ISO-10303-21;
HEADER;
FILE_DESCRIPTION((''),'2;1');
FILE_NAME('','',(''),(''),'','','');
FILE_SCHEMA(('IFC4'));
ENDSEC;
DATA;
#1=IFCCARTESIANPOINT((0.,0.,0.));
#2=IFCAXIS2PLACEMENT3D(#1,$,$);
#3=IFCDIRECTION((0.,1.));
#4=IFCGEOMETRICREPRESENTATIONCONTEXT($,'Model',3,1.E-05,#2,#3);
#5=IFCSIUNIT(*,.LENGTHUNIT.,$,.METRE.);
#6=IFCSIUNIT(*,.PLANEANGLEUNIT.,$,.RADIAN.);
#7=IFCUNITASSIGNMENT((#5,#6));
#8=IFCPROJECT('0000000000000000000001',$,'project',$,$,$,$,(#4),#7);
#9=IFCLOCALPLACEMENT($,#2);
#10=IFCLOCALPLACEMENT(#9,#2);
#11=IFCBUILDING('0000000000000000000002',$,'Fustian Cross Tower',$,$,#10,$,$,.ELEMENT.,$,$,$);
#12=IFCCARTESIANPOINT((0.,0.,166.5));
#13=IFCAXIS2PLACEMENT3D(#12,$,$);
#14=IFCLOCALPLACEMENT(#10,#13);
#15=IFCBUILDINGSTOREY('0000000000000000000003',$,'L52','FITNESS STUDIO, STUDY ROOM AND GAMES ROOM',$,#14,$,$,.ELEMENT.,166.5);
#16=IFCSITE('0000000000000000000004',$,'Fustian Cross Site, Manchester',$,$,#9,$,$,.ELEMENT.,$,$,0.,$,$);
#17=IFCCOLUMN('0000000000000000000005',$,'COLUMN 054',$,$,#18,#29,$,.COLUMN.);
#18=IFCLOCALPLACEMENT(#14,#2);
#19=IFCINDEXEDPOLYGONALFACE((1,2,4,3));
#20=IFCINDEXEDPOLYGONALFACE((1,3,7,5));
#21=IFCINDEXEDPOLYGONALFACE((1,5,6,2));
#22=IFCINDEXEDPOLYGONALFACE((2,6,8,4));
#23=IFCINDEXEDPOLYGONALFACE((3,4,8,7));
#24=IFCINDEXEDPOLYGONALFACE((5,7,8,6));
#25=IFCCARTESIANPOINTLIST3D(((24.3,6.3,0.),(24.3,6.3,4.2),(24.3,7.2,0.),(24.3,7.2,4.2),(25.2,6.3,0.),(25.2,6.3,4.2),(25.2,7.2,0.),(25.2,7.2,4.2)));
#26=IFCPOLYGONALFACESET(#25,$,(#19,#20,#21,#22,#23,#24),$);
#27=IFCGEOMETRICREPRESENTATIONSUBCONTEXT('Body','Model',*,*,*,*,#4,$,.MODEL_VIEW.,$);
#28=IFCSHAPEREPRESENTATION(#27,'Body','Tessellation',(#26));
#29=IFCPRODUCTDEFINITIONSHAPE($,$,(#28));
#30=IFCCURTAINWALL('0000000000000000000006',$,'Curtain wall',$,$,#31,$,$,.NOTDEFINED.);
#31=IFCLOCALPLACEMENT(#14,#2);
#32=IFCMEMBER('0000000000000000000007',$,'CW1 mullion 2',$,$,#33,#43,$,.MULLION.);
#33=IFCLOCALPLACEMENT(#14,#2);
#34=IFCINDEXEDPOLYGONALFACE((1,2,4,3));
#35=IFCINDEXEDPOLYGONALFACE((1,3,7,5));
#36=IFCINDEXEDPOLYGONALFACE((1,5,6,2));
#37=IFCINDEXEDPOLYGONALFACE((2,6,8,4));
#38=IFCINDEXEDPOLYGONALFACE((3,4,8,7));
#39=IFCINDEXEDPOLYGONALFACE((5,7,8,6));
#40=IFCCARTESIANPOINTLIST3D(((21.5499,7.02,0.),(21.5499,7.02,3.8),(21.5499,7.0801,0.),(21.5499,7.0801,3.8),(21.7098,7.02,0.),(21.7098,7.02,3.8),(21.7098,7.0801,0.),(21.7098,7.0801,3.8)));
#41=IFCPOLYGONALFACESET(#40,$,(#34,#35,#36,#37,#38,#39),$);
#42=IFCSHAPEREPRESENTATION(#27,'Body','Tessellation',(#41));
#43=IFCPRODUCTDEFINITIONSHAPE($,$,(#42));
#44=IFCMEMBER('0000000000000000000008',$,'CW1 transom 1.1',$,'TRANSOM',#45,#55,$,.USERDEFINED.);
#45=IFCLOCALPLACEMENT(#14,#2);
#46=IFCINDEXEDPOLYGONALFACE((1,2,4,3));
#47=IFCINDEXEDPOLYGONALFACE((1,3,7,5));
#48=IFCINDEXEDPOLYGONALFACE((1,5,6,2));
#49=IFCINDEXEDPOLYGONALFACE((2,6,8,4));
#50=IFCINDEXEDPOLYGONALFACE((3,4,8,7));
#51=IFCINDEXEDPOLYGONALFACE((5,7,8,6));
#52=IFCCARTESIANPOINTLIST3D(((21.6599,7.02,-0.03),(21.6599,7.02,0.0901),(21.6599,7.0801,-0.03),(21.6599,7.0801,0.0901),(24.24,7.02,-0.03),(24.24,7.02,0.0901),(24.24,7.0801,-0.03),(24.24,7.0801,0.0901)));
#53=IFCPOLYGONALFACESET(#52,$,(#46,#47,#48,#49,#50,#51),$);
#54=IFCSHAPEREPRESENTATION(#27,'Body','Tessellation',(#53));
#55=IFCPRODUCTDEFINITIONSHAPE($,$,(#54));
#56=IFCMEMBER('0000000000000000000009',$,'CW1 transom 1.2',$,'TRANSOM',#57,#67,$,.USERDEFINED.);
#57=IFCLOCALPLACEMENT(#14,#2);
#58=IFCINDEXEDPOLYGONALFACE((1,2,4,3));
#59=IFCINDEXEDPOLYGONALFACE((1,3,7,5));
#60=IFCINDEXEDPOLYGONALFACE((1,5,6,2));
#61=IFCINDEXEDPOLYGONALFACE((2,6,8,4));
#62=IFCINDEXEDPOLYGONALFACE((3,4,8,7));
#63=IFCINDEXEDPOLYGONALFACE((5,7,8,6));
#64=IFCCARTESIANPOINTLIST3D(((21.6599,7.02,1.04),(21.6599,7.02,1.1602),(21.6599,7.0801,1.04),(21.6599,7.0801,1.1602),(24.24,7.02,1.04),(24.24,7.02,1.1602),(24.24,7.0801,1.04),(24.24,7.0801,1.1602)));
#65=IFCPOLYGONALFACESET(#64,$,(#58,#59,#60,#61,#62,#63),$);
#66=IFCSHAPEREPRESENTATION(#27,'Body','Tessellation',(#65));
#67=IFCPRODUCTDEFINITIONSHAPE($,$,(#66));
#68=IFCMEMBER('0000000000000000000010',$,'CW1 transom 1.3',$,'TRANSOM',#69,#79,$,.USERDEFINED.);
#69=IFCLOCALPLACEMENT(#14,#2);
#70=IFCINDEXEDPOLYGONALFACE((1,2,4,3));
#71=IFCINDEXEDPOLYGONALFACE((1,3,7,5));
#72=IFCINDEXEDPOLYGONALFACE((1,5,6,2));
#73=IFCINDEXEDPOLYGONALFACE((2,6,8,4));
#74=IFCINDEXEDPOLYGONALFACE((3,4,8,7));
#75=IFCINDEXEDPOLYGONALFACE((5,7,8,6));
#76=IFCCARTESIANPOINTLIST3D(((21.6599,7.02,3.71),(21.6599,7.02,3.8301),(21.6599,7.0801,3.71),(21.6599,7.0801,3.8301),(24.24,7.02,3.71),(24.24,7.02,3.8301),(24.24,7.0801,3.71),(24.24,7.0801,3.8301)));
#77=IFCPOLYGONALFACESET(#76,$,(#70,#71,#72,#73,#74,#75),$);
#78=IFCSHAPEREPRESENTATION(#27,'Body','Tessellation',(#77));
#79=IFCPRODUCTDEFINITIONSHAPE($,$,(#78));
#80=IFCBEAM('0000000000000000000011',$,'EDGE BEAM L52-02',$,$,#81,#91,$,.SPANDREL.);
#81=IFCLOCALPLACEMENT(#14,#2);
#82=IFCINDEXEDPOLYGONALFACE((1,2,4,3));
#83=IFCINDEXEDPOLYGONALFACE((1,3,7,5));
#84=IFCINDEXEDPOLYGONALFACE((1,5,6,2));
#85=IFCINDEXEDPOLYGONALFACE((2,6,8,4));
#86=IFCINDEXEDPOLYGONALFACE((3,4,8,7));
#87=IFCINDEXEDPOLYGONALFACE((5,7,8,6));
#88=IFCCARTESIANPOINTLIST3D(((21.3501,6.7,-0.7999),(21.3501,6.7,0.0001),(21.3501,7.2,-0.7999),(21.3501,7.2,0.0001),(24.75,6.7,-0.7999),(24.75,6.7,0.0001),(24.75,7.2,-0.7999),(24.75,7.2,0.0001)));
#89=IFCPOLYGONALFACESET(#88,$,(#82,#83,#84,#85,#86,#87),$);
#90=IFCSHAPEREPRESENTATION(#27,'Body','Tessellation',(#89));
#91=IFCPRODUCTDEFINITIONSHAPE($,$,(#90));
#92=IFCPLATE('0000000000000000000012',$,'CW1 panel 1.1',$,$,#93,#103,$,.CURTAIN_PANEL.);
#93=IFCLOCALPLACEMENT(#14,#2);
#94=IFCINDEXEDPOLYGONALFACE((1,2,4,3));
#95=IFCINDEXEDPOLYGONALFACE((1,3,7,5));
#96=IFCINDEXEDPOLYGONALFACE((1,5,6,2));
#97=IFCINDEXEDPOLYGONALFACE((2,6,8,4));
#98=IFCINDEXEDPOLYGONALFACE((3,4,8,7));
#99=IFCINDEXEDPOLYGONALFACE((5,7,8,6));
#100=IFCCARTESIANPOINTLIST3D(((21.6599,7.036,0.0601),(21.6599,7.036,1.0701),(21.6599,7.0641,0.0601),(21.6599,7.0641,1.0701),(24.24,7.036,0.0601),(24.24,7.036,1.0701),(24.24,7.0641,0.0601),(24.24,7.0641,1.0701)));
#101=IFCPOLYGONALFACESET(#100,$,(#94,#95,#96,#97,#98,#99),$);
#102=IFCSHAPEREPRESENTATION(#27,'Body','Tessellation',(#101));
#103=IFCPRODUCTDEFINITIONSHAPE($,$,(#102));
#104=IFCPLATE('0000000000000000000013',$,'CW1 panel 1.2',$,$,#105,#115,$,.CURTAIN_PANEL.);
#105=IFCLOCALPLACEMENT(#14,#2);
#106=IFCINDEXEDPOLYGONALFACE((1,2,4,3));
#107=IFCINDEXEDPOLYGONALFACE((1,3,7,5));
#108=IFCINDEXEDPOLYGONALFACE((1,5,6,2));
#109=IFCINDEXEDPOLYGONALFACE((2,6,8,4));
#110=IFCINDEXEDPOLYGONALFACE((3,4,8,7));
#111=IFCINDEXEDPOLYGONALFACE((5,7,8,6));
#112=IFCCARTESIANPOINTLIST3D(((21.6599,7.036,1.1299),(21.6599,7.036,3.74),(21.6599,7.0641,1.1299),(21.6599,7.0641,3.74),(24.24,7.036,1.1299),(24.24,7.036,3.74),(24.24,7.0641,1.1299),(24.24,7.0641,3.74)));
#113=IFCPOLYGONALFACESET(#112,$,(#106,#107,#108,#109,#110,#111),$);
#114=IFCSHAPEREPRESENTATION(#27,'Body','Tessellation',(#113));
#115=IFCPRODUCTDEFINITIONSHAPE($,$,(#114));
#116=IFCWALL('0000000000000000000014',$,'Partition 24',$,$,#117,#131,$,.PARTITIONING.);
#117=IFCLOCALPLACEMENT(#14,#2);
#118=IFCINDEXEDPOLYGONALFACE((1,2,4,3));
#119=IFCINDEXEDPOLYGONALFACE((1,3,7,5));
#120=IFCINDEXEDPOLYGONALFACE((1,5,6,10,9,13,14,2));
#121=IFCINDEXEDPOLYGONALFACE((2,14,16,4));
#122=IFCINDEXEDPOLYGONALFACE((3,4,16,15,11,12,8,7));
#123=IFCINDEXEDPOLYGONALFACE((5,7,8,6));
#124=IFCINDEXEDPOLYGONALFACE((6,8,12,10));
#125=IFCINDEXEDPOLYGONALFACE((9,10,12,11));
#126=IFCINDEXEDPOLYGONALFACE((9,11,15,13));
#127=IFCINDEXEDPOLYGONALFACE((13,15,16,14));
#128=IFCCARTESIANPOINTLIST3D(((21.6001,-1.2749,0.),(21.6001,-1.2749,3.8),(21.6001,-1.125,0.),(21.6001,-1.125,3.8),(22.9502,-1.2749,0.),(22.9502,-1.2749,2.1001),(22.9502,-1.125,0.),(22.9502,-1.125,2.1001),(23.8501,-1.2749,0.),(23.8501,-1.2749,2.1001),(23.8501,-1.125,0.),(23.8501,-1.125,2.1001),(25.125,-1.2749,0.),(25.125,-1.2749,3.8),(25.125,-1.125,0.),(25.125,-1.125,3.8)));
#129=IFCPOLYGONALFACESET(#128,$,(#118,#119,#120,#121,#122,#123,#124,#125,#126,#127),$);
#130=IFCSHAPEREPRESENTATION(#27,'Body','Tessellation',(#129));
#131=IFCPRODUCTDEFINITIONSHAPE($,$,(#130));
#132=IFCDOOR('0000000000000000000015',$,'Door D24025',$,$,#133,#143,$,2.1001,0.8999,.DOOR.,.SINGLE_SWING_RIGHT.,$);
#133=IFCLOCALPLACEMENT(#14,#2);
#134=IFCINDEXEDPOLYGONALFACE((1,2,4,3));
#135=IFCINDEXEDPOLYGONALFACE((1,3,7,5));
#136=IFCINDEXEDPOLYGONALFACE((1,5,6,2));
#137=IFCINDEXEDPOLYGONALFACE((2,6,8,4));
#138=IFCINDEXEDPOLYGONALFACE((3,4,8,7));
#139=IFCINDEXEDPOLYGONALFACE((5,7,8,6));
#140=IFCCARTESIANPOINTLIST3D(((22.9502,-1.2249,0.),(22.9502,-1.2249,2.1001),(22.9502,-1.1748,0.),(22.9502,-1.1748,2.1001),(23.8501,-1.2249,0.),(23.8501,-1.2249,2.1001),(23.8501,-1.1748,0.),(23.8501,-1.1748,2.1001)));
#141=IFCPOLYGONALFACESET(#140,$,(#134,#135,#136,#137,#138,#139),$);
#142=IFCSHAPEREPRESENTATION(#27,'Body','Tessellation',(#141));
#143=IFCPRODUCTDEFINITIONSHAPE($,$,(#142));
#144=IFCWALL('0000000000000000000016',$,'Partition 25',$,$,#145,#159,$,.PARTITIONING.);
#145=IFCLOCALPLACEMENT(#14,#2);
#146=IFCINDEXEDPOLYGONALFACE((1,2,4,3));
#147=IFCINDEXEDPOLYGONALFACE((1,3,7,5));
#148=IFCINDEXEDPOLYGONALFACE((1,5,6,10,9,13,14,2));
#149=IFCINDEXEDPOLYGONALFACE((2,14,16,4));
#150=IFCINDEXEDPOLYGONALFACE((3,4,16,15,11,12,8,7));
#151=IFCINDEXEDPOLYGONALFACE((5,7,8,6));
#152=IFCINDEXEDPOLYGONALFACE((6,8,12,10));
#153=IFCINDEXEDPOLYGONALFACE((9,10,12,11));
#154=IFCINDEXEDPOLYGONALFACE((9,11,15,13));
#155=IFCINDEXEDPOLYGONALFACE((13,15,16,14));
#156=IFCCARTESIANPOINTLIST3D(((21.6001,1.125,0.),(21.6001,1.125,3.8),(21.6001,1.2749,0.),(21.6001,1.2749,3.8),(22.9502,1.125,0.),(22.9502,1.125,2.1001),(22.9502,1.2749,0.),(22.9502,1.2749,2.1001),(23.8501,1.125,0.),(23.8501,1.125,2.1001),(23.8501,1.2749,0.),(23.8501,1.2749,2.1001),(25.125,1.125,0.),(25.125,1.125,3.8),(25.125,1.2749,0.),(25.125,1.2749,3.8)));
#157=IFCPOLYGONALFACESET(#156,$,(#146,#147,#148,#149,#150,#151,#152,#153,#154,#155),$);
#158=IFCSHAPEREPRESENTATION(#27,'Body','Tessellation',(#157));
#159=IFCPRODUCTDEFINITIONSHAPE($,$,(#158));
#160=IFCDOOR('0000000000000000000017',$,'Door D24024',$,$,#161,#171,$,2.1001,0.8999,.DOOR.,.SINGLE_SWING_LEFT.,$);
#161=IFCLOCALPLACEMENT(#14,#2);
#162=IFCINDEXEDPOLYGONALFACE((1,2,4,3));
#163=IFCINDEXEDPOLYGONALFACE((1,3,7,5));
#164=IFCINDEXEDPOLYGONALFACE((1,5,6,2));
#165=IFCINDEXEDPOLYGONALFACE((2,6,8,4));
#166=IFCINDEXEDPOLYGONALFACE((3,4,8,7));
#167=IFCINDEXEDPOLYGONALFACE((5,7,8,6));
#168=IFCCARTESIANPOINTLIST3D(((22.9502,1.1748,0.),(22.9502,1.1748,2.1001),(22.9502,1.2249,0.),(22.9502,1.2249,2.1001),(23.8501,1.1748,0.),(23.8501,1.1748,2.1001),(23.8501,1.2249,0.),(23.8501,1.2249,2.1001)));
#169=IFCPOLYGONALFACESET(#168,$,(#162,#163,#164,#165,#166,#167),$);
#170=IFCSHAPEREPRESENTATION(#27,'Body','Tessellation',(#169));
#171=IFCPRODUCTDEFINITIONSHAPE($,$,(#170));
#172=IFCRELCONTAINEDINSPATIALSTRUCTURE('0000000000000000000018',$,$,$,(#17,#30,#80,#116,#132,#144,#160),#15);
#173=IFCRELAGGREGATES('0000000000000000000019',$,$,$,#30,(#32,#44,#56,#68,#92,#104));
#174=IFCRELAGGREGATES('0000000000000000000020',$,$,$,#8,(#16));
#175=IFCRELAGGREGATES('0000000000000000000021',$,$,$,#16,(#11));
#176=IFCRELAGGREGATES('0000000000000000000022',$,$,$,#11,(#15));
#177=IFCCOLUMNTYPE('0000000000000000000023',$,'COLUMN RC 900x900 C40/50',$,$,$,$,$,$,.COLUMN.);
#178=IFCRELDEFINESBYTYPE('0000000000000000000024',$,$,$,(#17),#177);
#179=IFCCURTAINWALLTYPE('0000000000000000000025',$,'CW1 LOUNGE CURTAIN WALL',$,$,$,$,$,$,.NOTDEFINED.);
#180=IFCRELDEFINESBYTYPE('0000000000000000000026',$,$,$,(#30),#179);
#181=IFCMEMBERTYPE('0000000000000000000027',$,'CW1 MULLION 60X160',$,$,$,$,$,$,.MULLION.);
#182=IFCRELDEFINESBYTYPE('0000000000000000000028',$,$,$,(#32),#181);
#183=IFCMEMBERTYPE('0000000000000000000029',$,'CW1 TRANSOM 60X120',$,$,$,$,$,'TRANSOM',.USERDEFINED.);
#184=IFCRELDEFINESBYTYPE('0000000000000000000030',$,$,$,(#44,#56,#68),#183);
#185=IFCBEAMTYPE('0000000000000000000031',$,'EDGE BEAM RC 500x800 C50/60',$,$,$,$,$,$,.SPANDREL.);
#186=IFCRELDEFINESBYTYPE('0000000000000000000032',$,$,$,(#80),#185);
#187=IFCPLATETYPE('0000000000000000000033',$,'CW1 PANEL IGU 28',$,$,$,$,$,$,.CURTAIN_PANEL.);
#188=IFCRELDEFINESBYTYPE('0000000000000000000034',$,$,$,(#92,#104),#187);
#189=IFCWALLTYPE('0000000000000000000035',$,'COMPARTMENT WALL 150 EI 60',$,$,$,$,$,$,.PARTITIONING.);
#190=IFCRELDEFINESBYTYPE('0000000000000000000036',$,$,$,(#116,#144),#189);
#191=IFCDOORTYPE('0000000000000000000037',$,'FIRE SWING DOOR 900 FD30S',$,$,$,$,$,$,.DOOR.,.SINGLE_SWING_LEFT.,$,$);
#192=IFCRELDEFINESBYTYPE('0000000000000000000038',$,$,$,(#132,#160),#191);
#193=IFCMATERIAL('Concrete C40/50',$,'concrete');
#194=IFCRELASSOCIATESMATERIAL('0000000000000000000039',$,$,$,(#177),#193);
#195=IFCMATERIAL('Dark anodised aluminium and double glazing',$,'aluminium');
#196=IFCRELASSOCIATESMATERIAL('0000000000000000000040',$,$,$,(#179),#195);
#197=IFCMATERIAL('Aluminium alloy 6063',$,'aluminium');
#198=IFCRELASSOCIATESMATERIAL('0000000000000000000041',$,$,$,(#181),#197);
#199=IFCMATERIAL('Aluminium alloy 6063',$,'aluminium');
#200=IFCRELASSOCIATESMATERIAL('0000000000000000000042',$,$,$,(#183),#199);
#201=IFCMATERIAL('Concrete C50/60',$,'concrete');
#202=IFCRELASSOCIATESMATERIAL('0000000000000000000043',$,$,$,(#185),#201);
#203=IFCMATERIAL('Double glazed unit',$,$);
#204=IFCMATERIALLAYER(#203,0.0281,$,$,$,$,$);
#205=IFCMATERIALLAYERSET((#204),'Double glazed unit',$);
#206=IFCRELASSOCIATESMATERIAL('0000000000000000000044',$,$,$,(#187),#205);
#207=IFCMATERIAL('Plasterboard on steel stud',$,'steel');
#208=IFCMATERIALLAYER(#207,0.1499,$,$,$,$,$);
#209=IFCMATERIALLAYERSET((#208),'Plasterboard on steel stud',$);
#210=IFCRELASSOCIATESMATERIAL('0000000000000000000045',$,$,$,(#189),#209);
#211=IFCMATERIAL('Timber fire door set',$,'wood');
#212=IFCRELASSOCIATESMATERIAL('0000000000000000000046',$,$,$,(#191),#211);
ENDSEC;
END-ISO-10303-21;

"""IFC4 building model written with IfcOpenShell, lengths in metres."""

from ifc_helpers import new_model, si_unit, direction, frame, frame_2d, origin, origin_2d, place, context, subcontext, project, spatial, rectangle, extrude, material, layer, layer_set, material_profile, profile_set, type_object, element, fill, aggregate, save


model = new_model("IFC4")

# Units and contexts
model_context = context("Model", 3, precision=1e-05, world=origin(), true_north=direction((0.0, 1.0)))
body_context = subcontext(model_context, "Body", "Model", "MODEL_VIEW")
ifc_project = project(units=[si_unit("LENGTHUNIT", "METRE"), si_unit("PLANEANGLEUNIT", "RADIAN")], contexts=[model_context])

# Site, building, storey
site_placement = place(None, origin())
site = spatial("IfcSite", under=ifc_project, at=site_placement, Name="Fustian Cross Site, Manchester", CompositionType="ELEMENT", RefElevation=0.0)
building_placement = place(site_placement, origin())
building = spatial("IfcBuilding", under=site, at=building_placement, Name="Fustian Cross Tower", CompositionType="ELEMENT")
storey_placement = place(building_placement, frame((0.0, 0.0, 166.5)))
storey = spatial("IfcBuildingStorey", under=building, at=storey_placement, Name="L52", Description="FITNESS STUDIO, STUDY ROOM AND GAMES ROOM", CompositionType="ELEMENT", Elevation=166.5)

# Column
ifc_material_1 = material(Name="Concrete C40/50", Category="concrete")
ifc_material_profile_1 = material_profile(ifc_material_1, rectangle(XDim=0.8999, YDim=0.8999, at=origin_2d()), Name="RC 900x900")
ifc_profile_set_1 = profile_set([ifc_material_profile_1], Name="Concrete C40/50")
column_type = type_object("IfcColumnType", Name="COLUMN RC 900x900 C40/50", PredefinedType="COLUMN", material=ifc_profile_set_1)
column_placement = place(storey_placement, frame((24.75, 6.75, 0.0), z_axis=(0.0, 0.0, 1.0), x_axis=(1.0, 0.0, 0.0)))
element("IfcColumn", 1, at=column_placement, inside=storey, type_object=column_type, Name="COLUMN 054", PredefinedType="COLUMN", context=body_context, shape_type="SweptSolid", body=[
    extrude(rectangle(XDim=0.8999, YDim=0.8999, at=origin_2d()), origin(), (0.0, 0.0, 1.0), 4.2),
])

# Curtain wall, members
ifc_material_2 = material(Name="Dark anodised aluminium and double glazing", Category="aluminium")
curtain_wall_type = type_object("IfcCurtainWallType", Name="CW1 LOUNGE CURTAIN WALL", PredefinedType="NOTDEFINED", material=ifc_material_2)
curtain_wall_placement = place(storey_placement, origin())
curtain_wall = element("IfcCurtainWall", 2, at=curtain_wall_placement, inside=storey, type_object=curtain_wall_type, Name="Curtain wall", PredefinedType="NOTDEFINED")
ifc_material_3 = material(Name="Aluminium alloy 6063", Category="aluminium")
ifc_material_profile_2 = material_profile(ifc_material_3, rectangle(XDim=0.0601, YDim=0.1599, at=origin_2d()), Name="CW1 MULLION 60X160")
ifc_profile_set_2 = profile_set([ifc_material_profile_2], Name="Aluminium alloy 6063")
member_type_1 = type_object("IfcMemberType", Name="CW1 MULLION 60X160", PredefinedType="MULLION", material=ifc_profile_set_2)
member_1_placement = place(storey_placement, frame((21.6299, 7.05, 0.0), z_axis=(0.0, 0.0, 1.0), x_axis=(0.0, -1.0, 0.0)))
member_1 = element("IfcMember", 3, at=member_1_placement, type_object=member_type_1, Name="CW1 mullion 2", PredefinedType="MULLION", context=body_context, shape_type="SweptSolid", body=[
    extrude(rectangle(XDim=0.0601, YDim=0.1599, at=origin_2d()), origin(), (0.0, 0.0, 1.0), 3.8),
])
ifc_material_4 = material(Name="Aluminium alloy 6063", Category="aluminium")
ifc_material_profile_3 = material_profile(ifc_material_4, rectangle(XDim=0.0601, YDim=0.1201, at=origin_2d()), Name="CW1 TRANSOM 60X120")
ifc_profile_set_3 = profile_set([ifc_material_profile_3], Name="Aluminium alloy 6063")
member_type_2 = type_object("IfcMemberType", Name="CW1 TRANSOM 60X120", ElementType="TRANSOM", PredefinedType="USERDEFINED", material=ifc_profile_set_3)
member_2_placement = place(storey_placement, frame((24.24, 7.05, 0.03), z_axis=(-1.0, 0.0, 0.0), x_axis=(0.0, -1.0, 0.0)))
member_2 = element("IfcMember", 4, at=member_2_placement, type_object=member_type_2, Name="CW1 transom 1.1", ObjectType="TRANSOM", PredefinedType="USERDEFINED", context=body_context, shape_type="SweptSolid", body=[
    extrude(rectangle(XDim=0.0601, YDim=0.1201, at=origin_2d()), origin(), (0.0, 0.0, 1.0), 2.5801),
])
member_3_placement = place(storey_placement, frame((24.24, 7.05, 1.1001), z_axis=(-1.0, 0.0, 0.0), x_axis=(0.0, -1.0, 0.0)))
member_3 = element("IfcMember", 5, at=member_3_placement, type_object=member_type_2, Name="CW1 transom 1.2", ObjectType="TRANSOM", PredefinedType="USERDEFINED", context=body_context, shape_type="SweptSolid", body=[
    extrude(rectangle(XDim=0.0601, YDim=0.1201, at=origin_2d()), origin(), (0.0, 0.0, 1.0), 2.5801),
])
member_4_placement = place(storey_placement, frame((24.24, 7.05, 3.77), z_axis=(-1.0, 0.0, 0.0), x_axis=(0.0, -1.0, 0.0)))
member_4 = element("IfcMember", 6, at=member_4_placement, type_object=member_type_2, Name="CW1 transom 1.3", ObjectType="TRANSOM", PredefinedType="USERDEFINED", context=body_context, shape_type="SweptSolid", body=[
    extrude(rectangle(XDim=0.0601, YDim=0.1201, at=origin_2d()), origin(), (0.0, 0.0, 1.0), 2.5801),
])

# Beam
ifc_material_5 = material(Name="Concrete C50/60", Category="concrete")
ifc_material_profile_4 = material_profile(ifc_material_5, rectangle(XDim=0.5, YDim=0.8, at=origin_2d()), Name="RC 500x800")
ifc_profile_set_4 = profile_set([ifc_material_profile_4], Name="Concrete C50/60")
beam_type = type_object("IfcBeamType", Name="EDGE BEAM RC 500x800 C50/60", PredefinedType="SPANDREL", material=ifc_profile_set_4)
beam_placement = place(storey_placement, frame((24.75, 6.95, -0.3999), z_axis=(-1.0, 0.0, 0.0), x_axis=(0.0, -1.0, 0.0)))
element("IfcBeam", 7, at=beam_placement, inside=storey, type_object=beam_type, Name="EDGE BEAM L52-02", PredefinedType="SPANDREL", context=body_context, shape_type="SweptSolid", body=[
    extrude(rectangle(XDim=0.5, YDim=0.8, at=origin_2d()), origin(), (0.0, 0.0, 1.0), 3.3999),
])

# Plates
ifc_material_6 = material(Name="Double glazed unit")
ifc_layer_1 = layer(ifc_material_6, 0.0281)
ifc_layer_set_1 = layer_set([ifc_layer_1], Name="Double glazed unit")
plate_type = type_object("IfcPlateType", Name="CW1 PANEL IGU 28", PredefinedType="CURTAIN_PANEL", material=ifc_layer_set_1)
plate_1_placement = place(storey_placement, frame((22.95, 7.05, 0.0601), z_axis=(0.0, 0.0, 1.0), x_axis=(-1.0, 0.0, 0.0)))
plate_1 = element("IfcPlate", 8, at=plate_1_placement, type_object=plate_type, Name="CW1 panel 1.1", PredefinedType="CURTAIN_PANEL", context=body_context, shape_type="SweptSolid", body=[
    extrude(rectangle(XDim=2.5801, YDim=0.0281, at=origin_2d()), origin(), (0.0, 0.0, 1.0), 1.01),
])
plate_2_placement = place(storey_placement, frame((22.95, 7.05, 1.1299), z_axis=(0.0, 0.0, 1.0), x_axis=(-1.0, 0.0, 0.0)))
plate_2 = element("IfcPlate", 9, at=plate_2_placement, type_object=plate_type, Name="CW1 panel 1.2", PredefinedType="CURTAIN_PANEL", context=body_context, shape_type="SweptSolid", body=[
    extrude(rectangle(XDim=2.5801, YDim=0.0281, at=origin_2d()), origin(), (0.0, 0.0, 1.0), 2.6101),
])
aggregate(curtain_wall, [member_1, member_2, member_3, member_4, plate_1, plate_2])

# Walls, openings, doors
ifc_material_7 = material(Name="Plasterboard on steel stud", Category="steel")
ifc_layer_2 = layer(ifc_material_7, 0.1499)
ifc_layer_set_2 = layer_set([ifc_layer_2], Name="Plasterboard on steel stud")
wall_type_1 = type_object("IfcWallType", Name="COMPARTMENT WALL 150 EI 60", PredefinedType="PARTITIONING", material=ifc_layer_set_2)
wall_1_placement = place(storey_placement, frame((21.6001, -1.2, 0.0), z_axis=(0.0, 0.0, 1.0), x_axis=(1.0, 0.0, 0.0)))
wall_1 = element("IfcWall", 10, at=wall_1_placement, inside=storey, type_object=wall_type_1, Name="Partition 24", PredefinedType="PARTITIONING", context=body_context, shape_type="SweptSolid", body=[
    extrude(rectangle(XDim=3.5249, YDim=0.1499, at=frame_2d((1.7625, 0.0))), origin(), (0.0, 0.0, 1.0), 3.8),
])
opening_1_placement = place(wall_1_placement, frame((1.3501, 0.0, 0.0)))
opening_1 = element("IfcOpeningElement", 11, at=opening_1_placement, cuts=wall_1, PredefinedType="OPENING", context=body_context, shape_type="SweptSolid", body=[
    extrude(rectangle(XDim=0.8999, YDim=2.1001, at=frame_2d((0.45, 1.05))), frame((0.0, 0.085, 0.0), z_axis=(0.0, -1.0, 0.0), x_axis=(1.0, 0.0, 0.0)), (0.0, 0.0, 1.0), 0.1699),
])
ifc_material_8 = material(Name="Timber fire door set", Category="wood")
door_type_1 = type_object("IfcDoorType", Name="FIRE SWING DOOR 900 FD30S", OperationType="SINGLE_SWING_LEFT", PredefinedType="DOOR", material=ifc_material_8)
door_1_placement = place(opening_1_placement, frame((0.8999, 0.0, 0.0), z_axis=(0.0, 0.0, 1.0), x_axis=(-1.0, 0.0, 0.0)))
door_1 = element("IfcDoor", 12, at=door_1_placement, inside=storey, type_object=door_type_1, Name="Door D24025", OperationType="SINGLE_SWING_RIGHT", OverallHeight=2.1001, OverallWidth=0.8999, PredefinedType="DOOR", context=body_context, shape_type="SweptSolid", body=[
    extrude(rectangle(XDim=0.8999, YDim=2.1001, at=frame_2d((0.45, 1.05))), frame((0.0, 0.0249, 0.0), z_axis=(0.0, -1.0, 0.0), x_axis=(1.0, 0.0, 0.0)), (0.0, 0.0, 1.0), 0.05),
])
fill(opening_1, door_1)
wall_2_placement = place(storey_placement, frame((21.6001, 1.2, 0.0), z_axis=(0.0, 0.0, 1.0), x_axis=(1.0, 0.0, 0.0)))
wall_2 = element("IfcWall", 13, at=wall_2_placement, inside=storey, type_object=wall_type_1, Name="Partition 25", PredefinedType="PARTITIONING", context=body_context, shape_type="SweptSolid", body=[
    extrude(rectangle(XDim=3.5249, YDim=0.1499, at=frame_2d((1.7625, 0.0))), origin(), (0.0, 0.0, 1.0), 3.8),
])
opening_2_placement = place(wall_2_placement, frame((1.3501, 0.0, 0.0)))
opening_2 = element("IfcOpeningElement", 14, at=opening_2_placement, cuts=wall_2, PredefinedType="OPENING", context=body_context, shape_type="SweptSolid", body=[
    extrude(rectangle(XDim=0.8999, YDim=2.1001, at=frame_2d((0.45, 1.05))), frame((0.0, 0.085, 0.0), z_axis=(0.0, -1.0, 0.0), x_axis=(1.0, 0.0, 0.0)), (0.0, 0.0, 1.0), 0.1699),
])
door_2_placement = place(opening_2_placement, origin())
door_2 = element("IfcDoor", 15, at=door_2_placement, inside=storey, type_object=door_type_1, Name="Door D24024", OperationType="SINGLE_SWING_LEFT", OverallHeight=2.1001, OverallWidth=0.8999, PredefinedType="DOOR", context=body_context, shape_type="SweptSolid", body=[
    extrude(rectangle(XDim=0.8999, YDim=2.1001, at=frame_2d((0.45, 1.05))), frame((0.0, 0.0249, 0.0), z_axis=(0.0, -1.0, 0.0), x_axis=(1.0, 0.0, 0.0)), (0.0, 0.0, 1.0), 0.05),
])
fill(opening_2, door_2)

save(model, "model.ifc")
